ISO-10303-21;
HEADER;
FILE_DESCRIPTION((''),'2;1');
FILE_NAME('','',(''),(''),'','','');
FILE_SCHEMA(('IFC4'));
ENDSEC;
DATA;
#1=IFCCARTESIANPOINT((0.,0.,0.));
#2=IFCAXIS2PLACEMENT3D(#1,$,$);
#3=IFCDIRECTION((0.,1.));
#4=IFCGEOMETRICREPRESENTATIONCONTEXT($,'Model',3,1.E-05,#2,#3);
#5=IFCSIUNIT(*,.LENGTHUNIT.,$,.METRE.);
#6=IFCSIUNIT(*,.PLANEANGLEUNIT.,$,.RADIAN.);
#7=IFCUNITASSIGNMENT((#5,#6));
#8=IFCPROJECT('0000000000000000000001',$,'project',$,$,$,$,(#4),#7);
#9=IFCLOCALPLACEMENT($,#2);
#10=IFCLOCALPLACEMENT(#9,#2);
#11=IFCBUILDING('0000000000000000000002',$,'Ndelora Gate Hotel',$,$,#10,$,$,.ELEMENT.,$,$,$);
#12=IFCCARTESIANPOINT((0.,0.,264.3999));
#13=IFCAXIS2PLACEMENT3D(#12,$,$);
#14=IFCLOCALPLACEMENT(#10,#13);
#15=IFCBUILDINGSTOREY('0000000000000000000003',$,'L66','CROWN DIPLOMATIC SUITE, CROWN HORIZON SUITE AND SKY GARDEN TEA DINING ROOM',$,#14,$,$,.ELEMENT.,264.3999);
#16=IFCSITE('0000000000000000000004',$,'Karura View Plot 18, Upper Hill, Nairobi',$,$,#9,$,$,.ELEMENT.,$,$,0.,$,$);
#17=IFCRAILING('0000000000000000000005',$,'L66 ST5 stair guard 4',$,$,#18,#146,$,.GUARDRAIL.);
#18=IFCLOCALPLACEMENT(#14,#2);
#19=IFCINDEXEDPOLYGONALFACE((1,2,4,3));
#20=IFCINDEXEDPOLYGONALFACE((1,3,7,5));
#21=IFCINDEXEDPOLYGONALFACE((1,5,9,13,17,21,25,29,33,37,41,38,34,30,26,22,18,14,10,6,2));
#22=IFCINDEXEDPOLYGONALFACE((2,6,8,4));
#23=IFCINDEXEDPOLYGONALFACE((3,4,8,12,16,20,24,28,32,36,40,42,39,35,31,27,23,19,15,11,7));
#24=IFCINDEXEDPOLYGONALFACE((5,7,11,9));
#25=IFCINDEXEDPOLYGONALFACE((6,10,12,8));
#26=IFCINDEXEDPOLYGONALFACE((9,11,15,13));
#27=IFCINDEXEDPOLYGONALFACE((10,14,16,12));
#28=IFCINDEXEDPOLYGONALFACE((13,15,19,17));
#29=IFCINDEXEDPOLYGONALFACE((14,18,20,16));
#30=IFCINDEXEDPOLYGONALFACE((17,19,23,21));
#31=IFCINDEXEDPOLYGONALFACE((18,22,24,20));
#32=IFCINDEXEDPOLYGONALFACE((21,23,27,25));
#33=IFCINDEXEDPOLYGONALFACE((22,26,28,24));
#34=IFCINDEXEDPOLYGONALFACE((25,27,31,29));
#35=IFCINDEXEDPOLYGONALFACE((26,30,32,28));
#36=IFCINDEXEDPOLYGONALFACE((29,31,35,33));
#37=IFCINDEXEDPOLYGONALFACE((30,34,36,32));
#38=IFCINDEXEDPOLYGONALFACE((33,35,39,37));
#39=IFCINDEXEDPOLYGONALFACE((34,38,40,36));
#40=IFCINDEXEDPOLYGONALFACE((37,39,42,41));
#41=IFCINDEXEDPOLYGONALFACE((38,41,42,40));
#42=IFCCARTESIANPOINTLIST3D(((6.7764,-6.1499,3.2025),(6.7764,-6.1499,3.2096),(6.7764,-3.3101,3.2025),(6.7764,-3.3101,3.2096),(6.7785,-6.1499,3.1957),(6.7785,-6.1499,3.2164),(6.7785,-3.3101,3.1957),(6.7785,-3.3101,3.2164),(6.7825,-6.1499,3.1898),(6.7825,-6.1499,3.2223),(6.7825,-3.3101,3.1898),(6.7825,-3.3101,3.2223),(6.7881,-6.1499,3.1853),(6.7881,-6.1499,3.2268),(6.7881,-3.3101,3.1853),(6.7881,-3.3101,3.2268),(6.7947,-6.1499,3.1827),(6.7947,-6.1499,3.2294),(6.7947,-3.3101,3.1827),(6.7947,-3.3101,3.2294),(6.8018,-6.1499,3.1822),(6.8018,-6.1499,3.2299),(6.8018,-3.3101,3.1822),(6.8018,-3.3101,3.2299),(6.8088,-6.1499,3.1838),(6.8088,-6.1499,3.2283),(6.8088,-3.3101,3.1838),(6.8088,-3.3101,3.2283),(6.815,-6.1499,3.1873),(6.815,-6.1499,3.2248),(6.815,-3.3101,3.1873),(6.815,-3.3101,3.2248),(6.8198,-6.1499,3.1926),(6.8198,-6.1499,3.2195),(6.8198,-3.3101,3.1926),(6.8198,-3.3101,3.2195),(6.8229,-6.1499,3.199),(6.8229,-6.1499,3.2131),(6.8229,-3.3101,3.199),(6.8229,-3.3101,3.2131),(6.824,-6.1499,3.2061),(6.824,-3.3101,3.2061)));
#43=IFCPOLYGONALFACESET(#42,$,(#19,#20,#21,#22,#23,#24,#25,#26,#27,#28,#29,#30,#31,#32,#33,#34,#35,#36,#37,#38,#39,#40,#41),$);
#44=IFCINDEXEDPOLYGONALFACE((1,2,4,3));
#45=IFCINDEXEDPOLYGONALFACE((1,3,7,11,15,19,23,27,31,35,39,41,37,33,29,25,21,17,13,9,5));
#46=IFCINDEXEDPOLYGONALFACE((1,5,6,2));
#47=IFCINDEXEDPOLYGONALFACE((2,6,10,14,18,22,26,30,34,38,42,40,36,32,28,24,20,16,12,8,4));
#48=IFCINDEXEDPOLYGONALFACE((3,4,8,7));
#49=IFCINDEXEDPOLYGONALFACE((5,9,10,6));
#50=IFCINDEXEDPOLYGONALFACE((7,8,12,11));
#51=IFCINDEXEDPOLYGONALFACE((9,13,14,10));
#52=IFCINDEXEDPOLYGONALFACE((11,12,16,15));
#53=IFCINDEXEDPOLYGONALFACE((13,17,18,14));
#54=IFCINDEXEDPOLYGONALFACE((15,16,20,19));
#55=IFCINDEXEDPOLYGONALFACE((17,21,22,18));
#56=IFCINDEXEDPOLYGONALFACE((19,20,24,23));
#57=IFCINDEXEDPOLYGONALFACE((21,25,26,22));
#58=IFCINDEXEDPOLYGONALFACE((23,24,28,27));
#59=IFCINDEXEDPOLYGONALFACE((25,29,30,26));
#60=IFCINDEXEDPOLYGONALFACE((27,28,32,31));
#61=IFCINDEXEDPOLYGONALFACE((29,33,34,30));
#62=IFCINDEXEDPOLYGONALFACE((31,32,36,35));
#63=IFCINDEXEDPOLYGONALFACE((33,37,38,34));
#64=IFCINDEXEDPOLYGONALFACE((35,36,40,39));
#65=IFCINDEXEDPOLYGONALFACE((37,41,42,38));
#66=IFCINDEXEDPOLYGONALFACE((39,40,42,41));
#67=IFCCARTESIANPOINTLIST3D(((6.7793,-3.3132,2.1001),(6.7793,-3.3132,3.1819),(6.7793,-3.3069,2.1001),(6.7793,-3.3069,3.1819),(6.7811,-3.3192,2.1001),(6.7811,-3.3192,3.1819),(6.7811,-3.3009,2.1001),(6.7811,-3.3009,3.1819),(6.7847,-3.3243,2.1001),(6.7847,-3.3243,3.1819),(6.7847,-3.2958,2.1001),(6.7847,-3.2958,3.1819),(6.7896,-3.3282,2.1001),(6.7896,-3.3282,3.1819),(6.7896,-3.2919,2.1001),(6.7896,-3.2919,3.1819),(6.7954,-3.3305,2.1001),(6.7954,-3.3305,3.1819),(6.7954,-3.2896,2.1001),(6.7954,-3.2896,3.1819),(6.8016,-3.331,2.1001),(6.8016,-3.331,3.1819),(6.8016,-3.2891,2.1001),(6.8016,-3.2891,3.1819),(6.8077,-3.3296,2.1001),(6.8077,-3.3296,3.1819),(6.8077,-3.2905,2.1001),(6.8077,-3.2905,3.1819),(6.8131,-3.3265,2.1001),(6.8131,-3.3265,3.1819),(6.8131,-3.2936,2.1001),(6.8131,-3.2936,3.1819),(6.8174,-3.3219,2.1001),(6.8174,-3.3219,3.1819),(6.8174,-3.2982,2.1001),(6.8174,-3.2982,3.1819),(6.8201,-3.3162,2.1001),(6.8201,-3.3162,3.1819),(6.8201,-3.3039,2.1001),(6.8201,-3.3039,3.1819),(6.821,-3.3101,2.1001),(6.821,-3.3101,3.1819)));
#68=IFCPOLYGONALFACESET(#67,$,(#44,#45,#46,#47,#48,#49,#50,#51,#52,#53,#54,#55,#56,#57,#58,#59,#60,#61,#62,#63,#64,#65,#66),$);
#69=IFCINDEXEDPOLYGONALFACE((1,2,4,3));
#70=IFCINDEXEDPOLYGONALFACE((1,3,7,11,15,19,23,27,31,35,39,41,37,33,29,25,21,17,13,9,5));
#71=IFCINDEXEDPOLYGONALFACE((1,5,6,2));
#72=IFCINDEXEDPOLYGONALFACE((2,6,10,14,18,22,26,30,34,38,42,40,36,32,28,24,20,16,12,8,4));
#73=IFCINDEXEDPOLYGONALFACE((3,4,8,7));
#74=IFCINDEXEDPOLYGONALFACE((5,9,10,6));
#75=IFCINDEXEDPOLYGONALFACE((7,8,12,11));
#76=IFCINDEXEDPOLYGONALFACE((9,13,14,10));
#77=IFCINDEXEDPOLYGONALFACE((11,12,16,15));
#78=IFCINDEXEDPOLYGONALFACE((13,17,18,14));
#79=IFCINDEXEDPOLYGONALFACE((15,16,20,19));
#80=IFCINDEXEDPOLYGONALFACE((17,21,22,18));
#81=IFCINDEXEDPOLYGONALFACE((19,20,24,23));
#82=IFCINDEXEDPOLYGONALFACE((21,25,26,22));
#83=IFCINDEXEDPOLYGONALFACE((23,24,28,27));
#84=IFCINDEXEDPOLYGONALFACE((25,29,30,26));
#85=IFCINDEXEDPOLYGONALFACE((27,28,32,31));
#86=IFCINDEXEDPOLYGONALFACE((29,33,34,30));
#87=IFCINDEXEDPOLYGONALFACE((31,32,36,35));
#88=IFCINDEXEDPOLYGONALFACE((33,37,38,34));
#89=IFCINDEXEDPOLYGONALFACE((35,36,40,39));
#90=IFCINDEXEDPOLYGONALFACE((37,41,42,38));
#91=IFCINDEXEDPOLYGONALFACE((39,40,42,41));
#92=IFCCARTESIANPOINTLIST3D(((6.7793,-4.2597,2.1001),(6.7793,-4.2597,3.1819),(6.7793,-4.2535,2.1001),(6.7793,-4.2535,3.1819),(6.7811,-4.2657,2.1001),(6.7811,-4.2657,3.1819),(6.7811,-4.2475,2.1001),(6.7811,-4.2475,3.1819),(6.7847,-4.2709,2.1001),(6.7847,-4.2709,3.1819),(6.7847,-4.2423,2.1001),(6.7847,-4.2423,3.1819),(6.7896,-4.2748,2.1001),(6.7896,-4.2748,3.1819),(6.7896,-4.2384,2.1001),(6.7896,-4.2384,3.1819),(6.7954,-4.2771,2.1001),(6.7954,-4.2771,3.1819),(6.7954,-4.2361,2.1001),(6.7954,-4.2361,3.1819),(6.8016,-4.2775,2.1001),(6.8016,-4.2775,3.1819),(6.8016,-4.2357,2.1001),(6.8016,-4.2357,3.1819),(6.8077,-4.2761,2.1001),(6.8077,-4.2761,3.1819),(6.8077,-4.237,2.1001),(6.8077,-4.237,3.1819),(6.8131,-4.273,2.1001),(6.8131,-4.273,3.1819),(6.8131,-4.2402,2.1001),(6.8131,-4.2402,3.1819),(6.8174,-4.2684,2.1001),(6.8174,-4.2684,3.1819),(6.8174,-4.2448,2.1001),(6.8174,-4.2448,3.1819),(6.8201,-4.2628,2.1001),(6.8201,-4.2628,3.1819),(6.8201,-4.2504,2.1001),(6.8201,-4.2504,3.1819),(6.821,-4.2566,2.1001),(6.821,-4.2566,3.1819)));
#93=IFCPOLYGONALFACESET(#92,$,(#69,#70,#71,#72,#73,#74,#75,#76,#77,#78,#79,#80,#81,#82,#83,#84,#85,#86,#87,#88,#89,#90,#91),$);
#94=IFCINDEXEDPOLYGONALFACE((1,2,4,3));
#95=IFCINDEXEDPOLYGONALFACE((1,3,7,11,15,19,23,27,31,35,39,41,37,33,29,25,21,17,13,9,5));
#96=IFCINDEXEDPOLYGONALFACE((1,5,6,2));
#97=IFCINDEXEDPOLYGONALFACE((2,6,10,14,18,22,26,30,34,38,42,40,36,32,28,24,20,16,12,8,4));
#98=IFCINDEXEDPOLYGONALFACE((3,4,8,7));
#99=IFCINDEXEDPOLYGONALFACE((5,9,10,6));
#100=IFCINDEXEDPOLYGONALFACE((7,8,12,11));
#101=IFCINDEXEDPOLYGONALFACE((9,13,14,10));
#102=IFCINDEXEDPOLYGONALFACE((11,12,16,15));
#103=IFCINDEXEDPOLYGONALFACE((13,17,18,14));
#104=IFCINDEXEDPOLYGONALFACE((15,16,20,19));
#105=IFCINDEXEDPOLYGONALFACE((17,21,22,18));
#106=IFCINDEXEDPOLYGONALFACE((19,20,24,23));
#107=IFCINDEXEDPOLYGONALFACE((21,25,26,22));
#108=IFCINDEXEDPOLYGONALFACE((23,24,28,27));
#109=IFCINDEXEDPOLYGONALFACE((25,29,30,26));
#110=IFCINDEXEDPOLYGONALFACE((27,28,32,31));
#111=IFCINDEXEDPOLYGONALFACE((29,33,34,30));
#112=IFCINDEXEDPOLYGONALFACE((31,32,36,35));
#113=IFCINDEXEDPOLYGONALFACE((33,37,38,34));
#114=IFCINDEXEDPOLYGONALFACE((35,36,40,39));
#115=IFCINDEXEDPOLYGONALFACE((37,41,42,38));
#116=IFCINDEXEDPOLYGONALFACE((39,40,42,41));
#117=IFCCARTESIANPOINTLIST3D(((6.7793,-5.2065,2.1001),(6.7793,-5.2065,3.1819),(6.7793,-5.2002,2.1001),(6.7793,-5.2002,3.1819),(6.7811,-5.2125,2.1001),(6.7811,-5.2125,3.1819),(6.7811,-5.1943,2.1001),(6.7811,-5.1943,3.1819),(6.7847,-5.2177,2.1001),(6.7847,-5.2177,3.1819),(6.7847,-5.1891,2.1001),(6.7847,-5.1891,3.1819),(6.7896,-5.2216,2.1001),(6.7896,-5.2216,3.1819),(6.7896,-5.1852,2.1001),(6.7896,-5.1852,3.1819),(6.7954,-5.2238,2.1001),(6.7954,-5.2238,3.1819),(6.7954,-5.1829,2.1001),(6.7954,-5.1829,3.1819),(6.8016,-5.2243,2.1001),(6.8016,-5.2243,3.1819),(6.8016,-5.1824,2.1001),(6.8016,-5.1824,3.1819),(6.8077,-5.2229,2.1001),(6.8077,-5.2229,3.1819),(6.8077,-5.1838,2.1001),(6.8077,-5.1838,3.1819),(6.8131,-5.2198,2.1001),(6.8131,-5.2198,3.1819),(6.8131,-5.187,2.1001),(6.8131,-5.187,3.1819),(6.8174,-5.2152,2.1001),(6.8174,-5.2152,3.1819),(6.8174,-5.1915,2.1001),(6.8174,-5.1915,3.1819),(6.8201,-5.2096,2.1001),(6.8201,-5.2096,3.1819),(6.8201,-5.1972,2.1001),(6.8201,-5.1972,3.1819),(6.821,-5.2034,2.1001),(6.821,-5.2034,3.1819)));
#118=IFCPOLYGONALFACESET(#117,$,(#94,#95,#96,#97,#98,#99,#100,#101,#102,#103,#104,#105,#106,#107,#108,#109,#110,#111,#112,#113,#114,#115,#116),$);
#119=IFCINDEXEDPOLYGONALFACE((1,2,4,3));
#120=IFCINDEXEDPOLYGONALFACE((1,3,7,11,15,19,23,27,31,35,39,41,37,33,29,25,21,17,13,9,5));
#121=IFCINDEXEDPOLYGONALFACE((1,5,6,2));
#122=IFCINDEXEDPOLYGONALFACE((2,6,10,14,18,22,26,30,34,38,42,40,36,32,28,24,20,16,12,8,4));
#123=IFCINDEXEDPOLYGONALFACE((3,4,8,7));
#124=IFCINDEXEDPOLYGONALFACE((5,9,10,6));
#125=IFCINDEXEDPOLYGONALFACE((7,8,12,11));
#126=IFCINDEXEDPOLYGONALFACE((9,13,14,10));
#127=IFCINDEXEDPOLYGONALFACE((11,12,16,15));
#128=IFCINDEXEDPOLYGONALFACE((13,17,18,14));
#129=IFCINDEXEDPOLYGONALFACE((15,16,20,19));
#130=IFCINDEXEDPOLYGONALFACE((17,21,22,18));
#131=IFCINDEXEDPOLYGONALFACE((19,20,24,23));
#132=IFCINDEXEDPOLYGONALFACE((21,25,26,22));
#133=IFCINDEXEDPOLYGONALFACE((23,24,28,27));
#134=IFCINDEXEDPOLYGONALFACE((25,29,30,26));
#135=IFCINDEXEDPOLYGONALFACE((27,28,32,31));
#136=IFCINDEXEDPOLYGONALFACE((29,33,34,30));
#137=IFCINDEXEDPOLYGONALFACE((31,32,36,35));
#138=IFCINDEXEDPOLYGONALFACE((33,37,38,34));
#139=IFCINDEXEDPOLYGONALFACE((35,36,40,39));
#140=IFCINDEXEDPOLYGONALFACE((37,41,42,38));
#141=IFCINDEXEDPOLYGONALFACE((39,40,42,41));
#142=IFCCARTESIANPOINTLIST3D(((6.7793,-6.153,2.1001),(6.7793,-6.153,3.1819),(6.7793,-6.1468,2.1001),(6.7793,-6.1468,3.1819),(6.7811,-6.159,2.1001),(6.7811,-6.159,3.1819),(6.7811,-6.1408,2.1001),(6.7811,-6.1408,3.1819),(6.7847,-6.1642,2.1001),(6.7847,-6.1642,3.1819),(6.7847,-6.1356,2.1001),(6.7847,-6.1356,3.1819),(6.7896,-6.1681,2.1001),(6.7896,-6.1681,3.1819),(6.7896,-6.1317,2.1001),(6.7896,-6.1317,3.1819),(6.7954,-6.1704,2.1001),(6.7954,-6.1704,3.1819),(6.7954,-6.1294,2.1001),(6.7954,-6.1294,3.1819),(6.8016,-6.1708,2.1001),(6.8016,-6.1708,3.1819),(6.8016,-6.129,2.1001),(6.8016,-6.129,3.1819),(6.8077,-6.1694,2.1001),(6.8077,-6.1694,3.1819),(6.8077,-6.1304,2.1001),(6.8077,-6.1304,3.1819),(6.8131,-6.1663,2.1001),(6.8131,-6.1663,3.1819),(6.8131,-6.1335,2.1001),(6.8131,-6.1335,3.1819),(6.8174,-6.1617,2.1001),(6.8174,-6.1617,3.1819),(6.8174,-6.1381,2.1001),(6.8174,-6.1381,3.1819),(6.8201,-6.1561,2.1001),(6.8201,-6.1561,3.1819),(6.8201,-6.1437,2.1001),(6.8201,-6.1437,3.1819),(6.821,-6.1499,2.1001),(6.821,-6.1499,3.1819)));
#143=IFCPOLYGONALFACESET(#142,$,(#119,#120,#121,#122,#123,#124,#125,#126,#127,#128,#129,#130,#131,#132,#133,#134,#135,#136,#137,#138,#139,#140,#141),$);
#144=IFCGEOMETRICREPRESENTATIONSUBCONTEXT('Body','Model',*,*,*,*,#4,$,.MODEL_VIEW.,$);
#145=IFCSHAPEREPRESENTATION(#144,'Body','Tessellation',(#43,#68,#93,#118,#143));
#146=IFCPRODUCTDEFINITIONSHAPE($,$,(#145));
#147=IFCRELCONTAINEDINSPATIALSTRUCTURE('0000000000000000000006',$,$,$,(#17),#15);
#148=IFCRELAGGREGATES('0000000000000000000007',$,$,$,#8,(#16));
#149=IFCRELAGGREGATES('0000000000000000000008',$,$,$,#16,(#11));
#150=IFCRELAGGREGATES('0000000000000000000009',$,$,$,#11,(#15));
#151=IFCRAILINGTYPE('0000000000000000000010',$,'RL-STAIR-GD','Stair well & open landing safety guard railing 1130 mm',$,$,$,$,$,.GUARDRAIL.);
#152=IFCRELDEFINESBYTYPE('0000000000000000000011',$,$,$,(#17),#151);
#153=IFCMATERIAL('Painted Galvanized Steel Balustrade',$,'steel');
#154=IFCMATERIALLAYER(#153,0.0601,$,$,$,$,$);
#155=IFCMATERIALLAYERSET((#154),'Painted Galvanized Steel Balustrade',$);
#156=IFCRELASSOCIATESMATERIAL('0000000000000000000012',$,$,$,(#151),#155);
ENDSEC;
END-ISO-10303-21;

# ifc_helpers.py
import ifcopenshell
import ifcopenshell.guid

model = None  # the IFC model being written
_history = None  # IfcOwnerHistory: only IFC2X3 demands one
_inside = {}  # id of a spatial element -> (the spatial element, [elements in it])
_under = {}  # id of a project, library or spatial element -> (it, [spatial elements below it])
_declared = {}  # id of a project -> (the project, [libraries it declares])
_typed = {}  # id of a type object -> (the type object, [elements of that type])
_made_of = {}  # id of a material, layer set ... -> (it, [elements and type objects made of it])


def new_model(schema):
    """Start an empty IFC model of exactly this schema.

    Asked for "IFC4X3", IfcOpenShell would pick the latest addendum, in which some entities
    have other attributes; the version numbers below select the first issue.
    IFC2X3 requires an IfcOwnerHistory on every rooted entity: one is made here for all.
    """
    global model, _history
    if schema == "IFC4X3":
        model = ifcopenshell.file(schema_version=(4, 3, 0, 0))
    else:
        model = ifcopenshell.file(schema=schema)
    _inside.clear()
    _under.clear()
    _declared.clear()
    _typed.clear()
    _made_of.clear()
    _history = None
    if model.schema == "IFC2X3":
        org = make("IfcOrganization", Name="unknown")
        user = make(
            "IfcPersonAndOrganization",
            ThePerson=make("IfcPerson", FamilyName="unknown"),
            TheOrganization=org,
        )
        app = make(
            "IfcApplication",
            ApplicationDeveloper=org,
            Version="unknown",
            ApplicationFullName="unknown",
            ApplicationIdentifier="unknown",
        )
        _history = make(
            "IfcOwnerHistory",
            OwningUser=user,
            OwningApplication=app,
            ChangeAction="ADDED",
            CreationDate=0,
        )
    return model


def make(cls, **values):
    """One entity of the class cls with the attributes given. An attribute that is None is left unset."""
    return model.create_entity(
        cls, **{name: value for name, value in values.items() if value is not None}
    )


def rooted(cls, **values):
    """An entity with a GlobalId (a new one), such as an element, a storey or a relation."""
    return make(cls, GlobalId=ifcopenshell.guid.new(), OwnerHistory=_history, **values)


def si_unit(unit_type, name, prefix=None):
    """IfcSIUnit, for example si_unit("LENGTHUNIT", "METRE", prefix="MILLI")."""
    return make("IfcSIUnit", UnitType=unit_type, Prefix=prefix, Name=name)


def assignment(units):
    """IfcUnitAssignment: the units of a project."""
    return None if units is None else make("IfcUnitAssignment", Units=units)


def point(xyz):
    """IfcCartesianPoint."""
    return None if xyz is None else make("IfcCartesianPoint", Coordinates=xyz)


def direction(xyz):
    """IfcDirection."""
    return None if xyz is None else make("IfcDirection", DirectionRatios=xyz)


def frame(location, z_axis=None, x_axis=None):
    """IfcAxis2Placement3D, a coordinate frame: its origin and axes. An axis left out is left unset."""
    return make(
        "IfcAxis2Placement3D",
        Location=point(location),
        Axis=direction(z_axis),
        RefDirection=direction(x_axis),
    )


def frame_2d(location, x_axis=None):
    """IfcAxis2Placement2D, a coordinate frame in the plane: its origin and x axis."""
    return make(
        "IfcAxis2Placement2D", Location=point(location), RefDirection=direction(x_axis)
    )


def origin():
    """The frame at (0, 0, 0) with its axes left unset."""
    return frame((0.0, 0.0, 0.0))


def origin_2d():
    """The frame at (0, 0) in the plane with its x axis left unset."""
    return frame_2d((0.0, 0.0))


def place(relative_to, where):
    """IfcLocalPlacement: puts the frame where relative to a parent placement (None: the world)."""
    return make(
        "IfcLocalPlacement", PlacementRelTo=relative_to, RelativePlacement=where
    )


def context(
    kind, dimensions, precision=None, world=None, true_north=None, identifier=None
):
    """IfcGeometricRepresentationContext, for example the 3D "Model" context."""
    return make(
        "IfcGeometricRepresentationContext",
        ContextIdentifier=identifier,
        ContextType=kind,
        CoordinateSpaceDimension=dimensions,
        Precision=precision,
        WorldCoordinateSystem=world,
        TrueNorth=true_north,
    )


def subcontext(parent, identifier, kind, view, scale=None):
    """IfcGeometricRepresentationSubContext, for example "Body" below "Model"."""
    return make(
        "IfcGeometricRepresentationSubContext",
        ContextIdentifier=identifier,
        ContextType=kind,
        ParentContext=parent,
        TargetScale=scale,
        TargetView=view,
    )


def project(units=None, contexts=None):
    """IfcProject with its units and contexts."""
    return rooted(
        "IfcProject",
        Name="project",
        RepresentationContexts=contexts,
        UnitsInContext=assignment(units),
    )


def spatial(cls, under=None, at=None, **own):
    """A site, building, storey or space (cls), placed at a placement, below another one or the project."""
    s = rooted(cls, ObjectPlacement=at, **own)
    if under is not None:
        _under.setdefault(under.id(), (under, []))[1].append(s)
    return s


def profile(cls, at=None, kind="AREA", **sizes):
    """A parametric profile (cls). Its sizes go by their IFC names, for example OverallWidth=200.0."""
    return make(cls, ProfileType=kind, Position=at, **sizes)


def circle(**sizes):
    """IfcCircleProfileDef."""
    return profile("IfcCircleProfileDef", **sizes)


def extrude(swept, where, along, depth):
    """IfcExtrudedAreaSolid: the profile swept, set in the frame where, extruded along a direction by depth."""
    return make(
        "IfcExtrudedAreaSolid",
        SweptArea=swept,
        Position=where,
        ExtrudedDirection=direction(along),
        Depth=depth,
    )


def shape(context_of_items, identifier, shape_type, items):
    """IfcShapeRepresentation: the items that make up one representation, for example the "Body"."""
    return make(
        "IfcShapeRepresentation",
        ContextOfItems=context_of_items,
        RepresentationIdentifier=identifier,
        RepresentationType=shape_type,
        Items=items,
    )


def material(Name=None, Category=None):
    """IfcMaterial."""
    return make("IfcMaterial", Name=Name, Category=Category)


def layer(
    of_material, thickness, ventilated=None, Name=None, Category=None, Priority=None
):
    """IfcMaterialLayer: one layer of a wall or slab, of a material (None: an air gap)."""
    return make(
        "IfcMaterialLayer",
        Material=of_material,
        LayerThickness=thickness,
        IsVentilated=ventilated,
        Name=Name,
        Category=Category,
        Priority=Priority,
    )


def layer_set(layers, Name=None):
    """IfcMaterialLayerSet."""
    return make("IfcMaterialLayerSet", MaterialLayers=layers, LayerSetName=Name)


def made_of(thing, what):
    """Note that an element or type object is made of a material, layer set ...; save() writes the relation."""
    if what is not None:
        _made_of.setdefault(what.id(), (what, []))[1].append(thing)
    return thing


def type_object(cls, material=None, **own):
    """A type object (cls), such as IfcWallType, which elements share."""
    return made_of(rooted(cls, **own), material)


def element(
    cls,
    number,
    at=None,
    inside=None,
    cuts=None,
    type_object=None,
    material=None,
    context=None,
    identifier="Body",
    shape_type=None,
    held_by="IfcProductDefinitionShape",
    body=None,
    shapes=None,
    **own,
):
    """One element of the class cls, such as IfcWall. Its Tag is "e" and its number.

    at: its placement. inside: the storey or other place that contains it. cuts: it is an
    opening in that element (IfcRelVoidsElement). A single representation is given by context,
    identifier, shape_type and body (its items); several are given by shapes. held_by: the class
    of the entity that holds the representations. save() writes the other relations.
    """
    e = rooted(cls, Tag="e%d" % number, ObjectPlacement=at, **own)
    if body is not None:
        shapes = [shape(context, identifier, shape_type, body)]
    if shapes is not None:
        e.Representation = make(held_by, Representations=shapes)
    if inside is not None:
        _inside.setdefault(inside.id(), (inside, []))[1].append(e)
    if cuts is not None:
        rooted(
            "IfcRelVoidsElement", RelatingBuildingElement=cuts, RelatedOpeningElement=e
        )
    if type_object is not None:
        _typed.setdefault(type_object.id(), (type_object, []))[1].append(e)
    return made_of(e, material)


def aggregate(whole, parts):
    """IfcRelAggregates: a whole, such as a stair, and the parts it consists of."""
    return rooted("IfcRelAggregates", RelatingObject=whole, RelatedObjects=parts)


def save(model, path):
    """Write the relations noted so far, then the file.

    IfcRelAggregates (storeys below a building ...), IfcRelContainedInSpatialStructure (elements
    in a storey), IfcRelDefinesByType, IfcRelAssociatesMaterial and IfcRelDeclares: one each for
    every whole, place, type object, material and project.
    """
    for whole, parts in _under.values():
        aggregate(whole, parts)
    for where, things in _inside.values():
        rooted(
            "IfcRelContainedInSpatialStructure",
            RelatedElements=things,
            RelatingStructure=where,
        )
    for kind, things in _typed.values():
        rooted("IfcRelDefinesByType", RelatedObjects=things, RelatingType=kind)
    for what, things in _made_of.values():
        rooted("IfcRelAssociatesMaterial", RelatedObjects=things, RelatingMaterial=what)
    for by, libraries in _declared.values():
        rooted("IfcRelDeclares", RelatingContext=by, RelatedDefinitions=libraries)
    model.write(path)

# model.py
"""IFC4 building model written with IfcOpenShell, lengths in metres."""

from ifc_helpers import new_model, si_unit, direction, frame, origin, origin_2d, place, context, subcontext, project, spatial, circle, extrude, material, layer, layer_set, type_object, element, save


model = new_model("IFC4")

# Units and contexts
model_context = context("Model", 3, precision=1e-05, world=origin(), true_north=direction((0.0, 1.0)))
body_context = subcontext(model_context, "Body", "Model", "MODEL_VIEW")
ifc_project = project(units=[si_unit("LENGTHUNIT", "METRE"), si_unit("PLANEANGLEUNIT", "RADIAN")], contexts=[model_context])

# Site, building, storey
site_placement = place(None, origin())
site = spatial("IfcSite", under=ifc_project, at=site_placement, Name="Karura View Plot 18, Upper Hill, Nairobi", CompositionType="ELEMENT", RefElevation=0.0)
building_placement = place(site_placement, origin())
building = spatial("IfcBuilding", under=site, at=building_placement, Name="Ndelora Gate Hotel", CompositionType="ELEMENT")
storey_placement = place(building_placement, frame((0.0, 0.0, 264.3999)))
storey = spatial("IfcBuildingStorey", under=building, at=storey_placement, Name="L66", Description="CROWN DIPLOMATIC SUITE, CROWN HORIZON SUITE AND SKY GARDEN TEA DINING ROOM", CompositionType="ELEMENT", Elevation=264.3999)

# Railing
ifc_material_1 = material(Name="Painted Galvanized Steel Balustrade", Category="steel")
ifc_layer_1 = layer(ifc_material_1, 0.0601)
ifc_layer_set_1 = layer_set([ifc_layer_1], Name="Painted Galvanized Steel Balustrade")
railing_type_1 = type_object("IfcRailingType", Name="RL-STAIR-GD", Description="Stair well & open landing safety guard railing 1130 mm", PredefinedType="GUARDRAIL", material=ifc_layer_set_1)
for number, where, name in (
    (1, (6.8, -3.3101, 2.1001), "L66 ST5 stair guard 4"),
):
    element("IfcRailing", number, at=place(storey_placement, frame(where)), inside=storey, type_object=railing_type_1, Name=name, PredefinedType="GUARDRAIL", context=body_context, shape_type="SweptSolid", body=[
        extrude(circle(Radius=0.0239, at=origin_2d()), frame((0.0, 0.0, 1.106), z_axis=(0.0, -1.0, 0.0), x_axis=(1.0, 0.0, 0.0)), (0.0, 0.0, 1.0), 2.8398),
        extrude(circle(Radius=0.021, at=origin_2d()), origin(), (0.0, 0.0, 1.0), 1.0818),
        extrude(circle(Radius=0.021, at=origin_2d()), frame((0.0, -0.9465, 0.0)), (0.0, 0.0, 1.0), 1.0818),
        extrude(circle(Radius=0.021, at=origin_2d()), frame((0.0, -1.8933, 0.0)), (0.0, 0.0, 1.0), 1.0818),
        extrude(circle(Radius=0.021, at=origin_2d()), frame((0.0, -2.8398, 0.0)), (0.0, 0.0, 1.0), 1.0818),
    ])

save(model, "model.ifc")
